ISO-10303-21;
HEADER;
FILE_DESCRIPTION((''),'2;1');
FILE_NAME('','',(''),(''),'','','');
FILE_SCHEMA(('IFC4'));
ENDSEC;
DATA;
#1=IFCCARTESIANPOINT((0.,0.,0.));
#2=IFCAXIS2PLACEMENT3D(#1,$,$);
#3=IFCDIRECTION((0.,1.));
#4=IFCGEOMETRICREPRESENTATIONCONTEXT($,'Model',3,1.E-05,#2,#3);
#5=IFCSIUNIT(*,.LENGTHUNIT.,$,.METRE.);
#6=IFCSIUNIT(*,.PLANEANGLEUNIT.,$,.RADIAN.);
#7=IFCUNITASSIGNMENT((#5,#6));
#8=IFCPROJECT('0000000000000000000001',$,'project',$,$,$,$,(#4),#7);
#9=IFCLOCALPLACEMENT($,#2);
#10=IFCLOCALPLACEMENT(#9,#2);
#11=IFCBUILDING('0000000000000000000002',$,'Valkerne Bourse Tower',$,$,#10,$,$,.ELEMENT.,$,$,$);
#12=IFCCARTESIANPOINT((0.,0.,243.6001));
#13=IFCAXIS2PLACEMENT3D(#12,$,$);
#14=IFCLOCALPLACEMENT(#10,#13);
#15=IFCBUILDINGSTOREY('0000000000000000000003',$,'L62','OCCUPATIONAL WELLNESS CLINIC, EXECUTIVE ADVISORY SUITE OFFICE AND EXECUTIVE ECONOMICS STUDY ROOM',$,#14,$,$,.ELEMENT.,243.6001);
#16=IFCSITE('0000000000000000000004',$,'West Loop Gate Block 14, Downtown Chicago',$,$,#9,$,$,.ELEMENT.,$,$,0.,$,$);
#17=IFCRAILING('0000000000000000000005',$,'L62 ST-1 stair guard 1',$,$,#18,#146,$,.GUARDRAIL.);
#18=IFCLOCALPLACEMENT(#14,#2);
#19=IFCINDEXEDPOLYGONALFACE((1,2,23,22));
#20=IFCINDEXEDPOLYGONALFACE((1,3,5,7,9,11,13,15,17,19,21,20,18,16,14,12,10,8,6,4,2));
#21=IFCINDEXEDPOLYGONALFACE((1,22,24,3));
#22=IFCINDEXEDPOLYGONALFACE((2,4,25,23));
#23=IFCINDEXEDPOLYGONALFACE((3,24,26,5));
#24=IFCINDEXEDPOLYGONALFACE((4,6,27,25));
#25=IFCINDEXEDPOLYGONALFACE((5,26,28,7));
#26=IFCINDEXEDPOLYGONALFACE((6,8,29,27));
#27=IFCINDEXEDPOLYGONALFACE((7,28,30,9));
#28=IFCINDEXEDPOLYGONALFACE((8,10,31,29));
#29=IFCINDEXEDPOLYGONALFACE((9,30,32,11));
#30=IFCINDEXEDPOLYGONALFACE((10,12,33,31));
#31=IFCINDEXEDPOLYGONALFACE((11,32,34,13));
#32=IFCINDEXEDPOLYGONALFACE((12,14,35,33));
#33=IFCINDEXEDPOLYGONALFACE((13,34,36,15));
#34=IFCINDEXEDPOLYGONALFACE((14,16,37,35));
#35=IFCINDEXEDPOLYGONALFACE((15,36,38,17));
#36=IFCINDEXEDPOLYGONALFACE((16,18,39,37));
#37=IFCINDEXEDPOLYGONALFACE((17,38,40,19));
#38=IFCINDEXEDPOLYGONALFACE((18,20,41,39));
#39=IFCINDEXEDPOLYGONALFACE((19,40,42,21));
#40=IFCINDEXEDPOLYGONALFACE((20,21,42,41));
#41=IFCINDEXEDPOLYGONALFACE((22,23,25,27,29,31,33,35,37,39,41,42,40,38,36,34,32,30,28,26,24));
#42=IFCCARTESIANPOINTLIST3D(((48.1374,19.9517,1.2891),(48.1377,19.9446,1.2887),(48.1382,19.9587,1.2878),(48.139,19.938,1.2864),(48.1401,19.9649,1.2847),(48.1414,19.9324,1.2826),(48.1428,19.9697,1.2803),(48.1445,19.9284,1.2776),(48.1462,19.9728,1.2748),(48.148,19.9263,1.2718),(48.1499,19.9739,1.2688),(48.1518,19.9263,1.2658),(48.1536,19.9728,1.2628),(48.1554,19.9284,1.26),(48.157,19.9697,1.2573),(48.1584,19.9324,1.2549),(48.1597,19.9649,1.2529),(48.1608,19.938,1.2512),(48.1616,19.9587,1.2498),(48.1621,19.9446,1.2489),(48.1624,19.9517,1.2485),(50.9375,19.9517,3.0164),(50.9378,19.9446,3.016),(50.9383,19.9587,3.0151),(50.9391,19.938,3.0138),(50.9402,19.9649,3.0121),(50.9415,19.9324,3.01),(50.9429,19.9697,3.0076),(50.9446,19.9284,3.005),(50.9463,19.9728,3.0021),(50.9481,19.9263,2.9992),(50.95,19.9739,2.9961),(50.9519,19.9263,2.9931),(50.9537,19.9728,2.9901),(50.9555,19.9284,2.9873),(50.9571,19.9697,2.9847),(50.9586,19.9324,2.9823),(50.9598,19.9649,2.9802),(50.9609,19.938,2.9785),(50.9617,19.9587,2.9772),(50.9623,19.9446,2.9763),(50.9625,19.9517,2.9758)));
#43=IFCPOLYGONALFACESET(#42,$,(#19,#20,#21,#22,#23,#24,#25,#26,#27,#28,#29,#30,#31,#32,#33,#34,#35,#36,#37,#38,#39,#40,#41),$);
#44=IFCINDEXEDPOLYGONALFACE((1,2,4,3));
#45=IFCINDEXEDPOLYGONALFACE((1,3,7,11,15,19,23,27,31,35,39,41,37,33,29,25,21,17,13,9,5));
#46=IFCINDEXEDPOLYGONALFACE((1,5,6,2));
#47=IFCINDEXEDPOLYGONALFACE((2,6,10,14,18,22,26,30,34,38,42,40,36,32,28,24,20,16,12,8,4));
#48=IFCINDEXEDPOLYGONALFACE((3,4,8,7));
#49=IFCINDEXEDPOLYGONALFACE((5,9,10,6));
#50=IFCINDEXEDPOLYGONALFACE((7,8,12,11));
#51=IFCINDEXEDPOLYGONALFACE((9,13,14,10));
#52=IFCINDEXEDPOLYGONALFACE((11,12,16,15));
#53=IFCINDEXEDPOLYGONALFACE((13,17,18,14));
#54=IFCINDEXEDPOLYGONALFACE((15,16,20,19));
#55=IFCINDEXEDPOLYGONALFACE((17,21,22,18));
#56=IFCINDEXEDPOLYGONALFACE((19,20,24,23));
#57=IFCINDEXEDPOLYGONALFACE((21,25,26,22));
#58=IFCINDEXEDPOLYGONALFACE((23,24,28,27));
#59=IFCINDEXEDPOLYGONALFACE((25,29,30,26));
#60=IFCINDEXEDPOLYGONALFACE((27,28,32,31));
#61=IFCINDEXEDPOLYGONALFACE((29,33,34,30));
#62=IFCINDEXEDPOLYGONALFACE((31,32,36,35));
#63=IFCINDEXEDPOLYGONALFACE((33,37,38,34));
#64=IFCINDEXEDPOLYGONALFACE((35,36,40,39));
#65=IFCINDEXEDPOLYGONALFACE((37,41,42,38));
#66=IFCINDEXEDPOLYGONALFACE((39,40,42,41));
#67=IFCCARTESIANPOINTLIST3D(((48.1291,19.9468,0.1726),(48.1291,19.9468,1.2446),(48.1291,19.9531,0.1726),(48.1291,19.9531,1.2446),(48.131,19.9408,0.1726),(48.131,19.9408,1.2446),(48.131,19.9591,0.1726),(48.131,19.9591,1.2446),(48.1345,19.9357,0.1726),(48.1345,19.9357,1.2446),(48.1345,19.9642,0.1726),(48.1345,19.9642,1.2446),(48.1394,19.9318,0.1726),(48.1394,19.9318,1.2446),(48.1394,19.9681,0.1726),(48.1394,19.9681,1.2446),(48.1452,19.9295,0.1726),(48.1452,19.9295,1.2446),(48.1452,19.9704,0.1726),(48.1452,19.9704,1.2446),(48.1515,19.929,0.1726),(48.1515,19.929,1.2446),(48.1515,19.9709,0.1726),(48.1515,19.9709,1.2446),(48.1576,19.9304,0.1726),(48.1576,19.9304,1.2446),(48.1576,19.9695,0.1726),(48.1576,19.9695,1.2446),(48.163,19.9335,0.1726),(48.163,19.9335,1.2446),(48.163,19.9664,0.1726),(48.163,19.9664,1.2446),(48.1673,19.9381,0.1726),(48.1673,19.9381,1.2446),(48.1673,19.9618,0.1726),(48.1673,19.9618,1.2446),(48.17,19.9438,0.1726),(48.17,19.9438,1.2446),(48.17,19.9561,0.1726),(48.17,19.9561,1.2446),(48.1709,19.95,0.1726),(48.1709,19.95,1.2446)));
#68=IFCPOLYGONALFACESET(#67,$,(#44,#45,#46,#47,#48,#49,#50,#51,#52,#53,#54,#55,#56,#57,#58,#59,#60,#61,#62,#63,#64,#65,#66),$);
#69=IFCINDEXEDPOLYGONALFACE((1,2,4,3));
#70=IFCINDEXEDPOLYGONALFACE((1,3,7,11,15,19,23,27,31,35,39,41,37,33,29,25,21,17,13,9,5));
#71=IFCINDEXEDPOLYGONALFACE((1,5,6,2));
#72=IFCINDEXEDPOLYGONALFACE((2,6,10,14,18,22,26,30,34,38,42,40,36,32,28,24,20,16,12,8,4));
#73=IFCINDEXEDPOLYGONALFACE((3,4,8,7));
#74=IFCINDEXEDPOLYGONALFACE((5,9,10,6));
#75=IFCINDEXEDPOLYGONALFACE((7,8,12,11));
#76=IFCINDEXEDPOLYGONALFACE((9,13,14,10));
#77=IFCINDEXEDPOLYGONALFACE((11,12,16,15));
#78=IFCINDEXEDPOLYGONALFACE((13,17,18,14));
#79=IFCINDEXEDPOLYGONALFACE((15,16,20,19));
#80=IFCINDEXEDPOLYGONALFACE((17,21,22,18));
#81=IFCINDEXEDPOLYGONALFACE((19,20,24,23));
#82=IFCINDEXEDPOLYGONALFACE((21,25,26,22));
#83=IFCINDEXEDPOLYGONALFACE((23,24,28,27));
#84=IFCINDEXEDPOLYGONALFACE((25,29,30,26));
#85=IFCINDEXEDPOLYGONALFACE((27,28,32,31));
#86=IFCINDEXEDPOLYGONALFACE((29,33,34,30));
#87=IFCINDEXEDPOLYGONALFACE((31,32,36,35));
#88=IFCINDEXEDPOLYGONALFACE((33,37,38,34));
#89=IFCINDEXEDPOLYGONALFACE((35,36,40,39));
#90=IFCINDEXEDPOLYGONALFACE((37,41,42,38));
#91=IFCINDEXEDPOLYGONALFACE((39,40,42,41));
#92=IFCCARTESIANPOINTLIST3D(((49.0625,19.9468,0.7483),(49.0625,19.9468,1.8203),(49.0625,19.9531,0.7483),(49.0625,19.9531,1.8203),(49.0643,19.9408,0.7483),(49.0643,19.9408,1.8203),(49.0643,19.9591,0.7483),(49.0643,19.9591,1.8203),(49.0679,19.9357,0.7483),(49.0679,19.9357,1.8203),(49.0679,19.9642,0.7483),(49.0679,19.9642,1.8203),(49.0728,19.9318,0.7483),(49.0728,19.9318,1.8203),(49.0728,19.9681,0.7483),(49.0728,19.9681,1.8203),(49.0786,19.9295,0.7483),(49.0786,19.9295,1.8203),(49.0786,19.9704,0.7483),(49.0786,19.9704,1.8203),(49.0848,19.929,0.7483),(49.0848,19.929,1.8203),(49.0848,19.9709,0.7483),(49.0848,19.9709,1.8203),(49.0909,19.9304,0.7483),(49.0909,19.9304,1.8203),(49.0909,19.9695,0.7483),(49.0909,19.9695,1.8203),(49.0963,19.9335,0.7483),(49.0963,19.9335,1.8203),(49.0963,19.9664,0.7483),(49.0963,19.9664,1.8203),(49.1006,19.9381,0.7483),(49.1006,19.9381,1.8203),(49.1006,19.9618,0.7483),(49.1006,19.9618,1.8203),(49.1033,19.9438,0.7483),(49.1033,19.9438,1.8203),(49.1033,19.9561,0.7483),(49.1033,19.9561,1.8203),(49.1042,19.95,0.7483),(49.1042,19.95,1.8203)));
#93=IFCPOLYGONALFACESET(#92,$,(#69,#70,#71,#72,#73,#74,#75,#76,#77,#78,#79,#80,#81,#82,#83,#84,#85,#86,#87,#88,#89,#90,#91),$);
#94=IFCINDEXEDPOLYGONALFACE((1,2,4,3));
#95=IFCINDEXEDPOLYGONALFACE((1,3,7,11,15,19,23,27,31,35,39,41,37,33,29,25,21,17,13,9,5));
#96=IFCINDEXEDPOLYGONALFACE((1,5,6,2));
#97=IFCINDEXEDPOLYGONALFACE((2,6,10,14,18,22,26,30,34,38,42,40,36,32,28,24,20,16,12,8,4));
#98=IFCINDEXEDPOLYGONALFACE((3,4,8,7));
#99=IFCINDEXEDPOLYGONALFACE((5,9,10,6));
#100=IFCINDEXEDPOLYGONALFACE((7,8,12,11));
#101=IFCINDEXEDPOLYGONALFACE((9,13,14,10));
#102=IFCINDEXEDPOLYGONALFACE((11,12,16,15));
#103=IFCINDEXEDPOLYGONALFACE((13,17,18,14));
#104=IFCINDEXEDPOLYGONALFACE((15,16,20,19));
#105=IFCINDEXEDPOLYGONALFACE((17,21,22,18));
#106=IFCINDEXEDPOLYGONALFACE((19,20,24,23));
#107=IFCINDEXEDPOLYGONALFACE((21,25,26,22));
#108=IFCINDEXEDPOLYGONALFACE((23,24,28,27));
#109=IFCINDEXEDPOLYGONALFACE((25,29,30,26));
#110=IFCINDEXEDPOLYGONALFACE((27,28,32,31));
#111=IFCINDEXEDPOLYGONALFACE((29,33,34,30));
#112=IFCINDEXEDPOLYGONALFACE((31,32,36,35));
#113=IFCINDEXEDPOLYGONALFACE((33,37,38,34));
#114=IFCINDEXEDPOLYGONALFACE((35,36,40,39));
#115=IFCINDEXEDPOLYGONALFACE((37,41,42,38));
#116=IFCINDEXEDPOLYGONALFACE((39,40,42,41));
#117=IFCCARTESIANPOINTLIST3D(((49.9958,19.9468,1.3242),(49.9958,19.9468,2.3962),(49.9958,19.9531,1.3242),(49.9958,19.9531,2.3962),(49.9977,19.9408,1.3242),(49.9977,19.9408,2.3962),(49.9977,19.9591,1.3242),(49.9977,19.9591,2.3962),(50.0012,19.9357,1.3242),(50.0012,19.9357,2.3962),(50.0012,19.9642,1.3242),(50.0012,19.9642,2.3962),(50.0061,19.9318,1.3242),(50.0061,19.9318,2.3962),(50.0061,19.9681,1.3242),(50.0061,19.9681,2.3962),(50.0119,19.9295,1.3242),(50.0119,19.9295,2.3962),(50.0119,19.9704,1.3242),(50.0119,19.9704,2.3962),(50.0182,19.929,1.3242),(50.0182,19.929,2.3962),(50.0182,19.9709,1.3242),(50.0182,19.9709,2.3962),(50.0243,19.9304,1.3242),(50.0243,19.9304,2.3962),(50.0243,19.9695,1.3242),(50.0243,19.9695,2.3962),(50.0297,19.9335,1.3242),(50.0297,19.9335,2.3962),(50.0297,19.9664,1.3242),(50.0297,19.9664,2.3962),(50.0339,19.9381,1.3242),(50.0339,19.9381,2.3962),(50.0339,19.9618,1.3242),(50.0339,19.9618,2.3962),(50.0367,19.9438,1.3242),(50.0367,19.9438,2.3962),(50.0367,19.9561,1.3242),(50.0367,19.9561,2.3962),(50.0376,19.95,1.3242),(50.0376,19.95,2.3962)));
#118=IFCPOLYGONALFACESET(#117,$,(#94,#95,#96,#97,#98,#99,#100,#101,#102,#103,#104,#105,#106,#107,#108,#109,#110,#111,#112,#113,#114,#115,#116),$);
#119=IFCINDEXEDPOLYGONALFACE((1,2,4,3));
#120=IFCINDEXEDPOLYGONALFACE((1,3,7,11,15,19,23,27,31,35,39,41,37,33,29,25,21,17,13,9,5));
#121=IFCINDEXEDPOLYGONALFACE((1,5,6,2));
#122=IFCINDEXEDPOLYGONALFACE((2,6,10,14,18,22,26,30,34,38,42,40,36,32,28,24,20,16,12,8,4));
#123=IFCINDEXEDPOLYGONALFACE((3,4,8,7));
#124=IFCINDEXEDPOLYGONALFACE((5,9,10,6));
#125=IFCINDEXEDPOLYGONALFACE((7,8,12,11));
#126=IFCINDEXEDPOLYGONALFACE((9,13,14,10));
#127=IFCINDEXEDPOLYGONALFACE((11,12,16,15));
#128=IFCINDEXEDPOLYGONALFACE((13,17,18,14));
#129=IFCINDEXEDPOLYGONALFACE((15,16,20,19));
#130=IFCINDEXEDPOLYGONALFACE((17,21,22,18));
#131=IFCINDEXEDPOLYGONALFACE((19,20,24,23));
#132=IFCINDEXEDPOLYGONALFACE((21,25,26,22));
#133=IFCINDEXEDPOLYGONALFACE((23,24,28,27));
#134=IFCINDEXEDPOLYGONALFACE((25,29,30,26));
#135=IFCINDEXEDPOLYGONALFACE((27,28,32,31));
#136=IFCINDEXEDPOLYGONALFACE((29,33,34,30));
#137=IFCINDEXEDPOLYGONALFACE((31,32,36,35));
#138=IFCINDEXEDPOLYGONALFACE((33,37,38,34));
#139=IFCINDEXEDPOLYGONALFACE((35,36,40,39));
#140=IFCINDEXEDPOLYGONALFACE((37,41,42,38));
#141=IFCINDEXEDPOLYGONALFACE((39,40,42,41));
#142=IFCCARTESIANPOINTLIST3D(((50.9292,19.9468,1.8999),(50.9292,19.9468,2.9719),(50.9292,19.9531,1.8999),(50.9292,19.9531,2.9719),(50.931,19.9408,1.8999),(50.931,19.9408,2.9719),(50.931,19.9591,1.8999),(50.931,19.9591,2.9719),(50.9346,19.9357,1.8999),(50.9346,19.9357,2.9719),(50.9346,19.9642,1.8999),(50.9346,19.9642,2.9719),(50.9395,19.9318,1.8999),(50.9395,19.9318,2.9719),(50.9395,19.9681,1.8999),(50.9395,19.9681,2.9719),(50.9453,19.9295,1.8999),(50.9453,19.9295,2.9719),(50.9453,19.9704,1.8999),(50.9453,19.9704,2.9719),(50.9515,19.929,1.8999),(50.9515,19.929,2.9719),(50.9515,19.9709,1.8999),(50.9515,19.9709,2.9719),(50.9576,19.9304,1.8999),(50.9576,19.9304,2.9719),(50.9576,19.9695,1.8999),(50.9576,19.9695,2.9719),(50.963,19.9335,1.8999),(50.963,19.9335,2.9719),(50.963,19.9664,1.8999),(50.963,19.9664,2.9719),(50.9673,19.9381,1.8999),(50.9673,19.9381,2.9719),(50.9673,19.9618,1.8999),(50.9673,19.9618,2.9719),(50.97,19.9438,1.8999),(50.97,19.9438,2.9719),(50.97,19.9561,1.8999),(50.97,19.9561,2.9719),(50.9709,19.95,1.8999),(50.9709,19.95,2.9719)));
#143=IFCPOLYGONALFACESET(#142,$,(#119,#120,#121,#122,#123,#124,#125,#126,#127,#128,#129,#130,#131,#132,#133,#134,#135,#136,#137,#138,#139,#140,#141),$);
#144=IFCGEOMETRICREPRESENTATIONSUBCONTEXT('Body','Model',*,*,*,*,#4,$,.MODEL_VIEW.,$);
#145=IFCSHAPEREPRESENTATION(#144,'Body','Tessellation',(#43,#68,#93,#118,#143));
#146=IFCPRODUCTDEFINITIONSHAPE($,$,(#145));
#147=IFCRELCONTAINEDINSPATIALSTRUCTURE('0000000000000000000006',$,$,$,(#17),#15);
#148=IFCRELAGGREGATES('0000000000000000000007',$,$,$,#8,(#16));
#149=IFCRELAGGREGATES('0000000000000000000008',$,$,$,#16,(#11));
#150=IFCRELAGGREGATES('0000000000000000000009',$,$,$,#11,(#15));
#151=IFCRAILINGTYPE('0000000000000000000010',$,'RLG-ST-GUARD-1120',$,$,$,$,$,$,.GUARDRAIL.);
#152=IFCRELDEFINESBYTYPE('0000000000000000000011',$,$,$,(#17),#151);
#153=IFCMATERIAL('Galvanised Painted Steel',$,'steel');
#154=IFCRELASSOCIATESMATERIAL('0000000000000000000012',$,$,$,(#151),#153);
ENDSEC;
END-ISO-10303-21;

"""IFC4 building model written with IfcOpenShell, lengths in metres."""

from ifc_helpers import new_model, si_unit, direction, frame, origin, origin_2d, place, context, subcontext, project, spatial, circle, extrude, material, type_object, element, save


model = new_model("IFC4")

# Units and contexts
model_context = context("Model", 3, precision=1e-05, world=origin(), true_north=direction((0.0, 1.0)))
body_context = subcontext(model_context, "Body", "Model", "MODEL_VIEW")
ifc_project = project(units=[si_unit("LENGTHUNIT", "METRE"), si_unit("PLANEANGLEUNIT", "RADIAN")], contexts=[model_context])

# Site, building, storey
site_placement = place(None, origin())
site = spatial("IfcSite", under=ifc_project, at=site_placement, Name="West Loop Gate Block 14, Downtown Chicago", CompositionType="ELEMENT", RefElevation=0.0)
building_placement = place(site_placement, origin())
building = spatial("IfcBuilding", under=site, at=building_placement, Name="Valkerne Bourse Tower", CompositionType="ELEMENT")
storey_placement = place(building_placement, frame((0.0, 0.0, 243.6001)))
storey = spatial("IfcBuildingStorey", under=building, at=storey_placement, Name="L62", Description="OCCUPATIONAL WELLNESS CLINIC, EXECUTIVE ADVISORY SUITE OFFICE AND EXECUTIVE ECONOMICS STUDY ROOM", CompositionType="ELEMENT", Elevation=243.6001)

# Shared definitions
ifc_material_1 = material(Name="Galvanised Painted Steel", Category="steel")

# Railing
railing_type_1 = type_object("IfcRailingType", Name="RLG-ST-GUARD-1120", PredefinedType="GUARDRAIL", material=ifc_material_1)
railing_1_placement = place(storey_placement, frame((48.1499, 19.95, 0.1726)))
element("IfcRailing", 1, at=railing_1_placement, inside=storey, type_object=railing_type_1, Name="L62 ST-1 stair guard 1", PredefinedType="GUARDRAIL", context=body_context, shape_type="SweptSolid", body=[
    extrude(circle(Radius=0.0239, at=origin_2d()), frame((0.0, 0.0, 1.0962), z_axis=(0.85109, 0.0, 0.52502), x_axis=(0.0, 1.0, 0.0)), (0.0, 0.0, 1.0), 3.29),
    extrude(circle(Radius=0.021, at=origin_2d()), origin(), (0.0, 0.0, 1.0), 1.072),
    extrude(circle(Radius=0.021, at=origin_2d()), frame((0.9333, 0.0, 0.5757)), (0.0, 0.0, 1.0), 1.072),
    extrude(circle(Radius=0.021, at=origin_2d()), frame((1.8667, 0.0, 1.1516)), (0.0, 0.0, 1.0), 1.072),
    extrude(circle(Radius=0.021, at=origin_2d()), frame((2.8, 0.0, 1.7273)), (0.0, 0.0, 1.0), 1.072),
])

save(model, "model.ifc")
